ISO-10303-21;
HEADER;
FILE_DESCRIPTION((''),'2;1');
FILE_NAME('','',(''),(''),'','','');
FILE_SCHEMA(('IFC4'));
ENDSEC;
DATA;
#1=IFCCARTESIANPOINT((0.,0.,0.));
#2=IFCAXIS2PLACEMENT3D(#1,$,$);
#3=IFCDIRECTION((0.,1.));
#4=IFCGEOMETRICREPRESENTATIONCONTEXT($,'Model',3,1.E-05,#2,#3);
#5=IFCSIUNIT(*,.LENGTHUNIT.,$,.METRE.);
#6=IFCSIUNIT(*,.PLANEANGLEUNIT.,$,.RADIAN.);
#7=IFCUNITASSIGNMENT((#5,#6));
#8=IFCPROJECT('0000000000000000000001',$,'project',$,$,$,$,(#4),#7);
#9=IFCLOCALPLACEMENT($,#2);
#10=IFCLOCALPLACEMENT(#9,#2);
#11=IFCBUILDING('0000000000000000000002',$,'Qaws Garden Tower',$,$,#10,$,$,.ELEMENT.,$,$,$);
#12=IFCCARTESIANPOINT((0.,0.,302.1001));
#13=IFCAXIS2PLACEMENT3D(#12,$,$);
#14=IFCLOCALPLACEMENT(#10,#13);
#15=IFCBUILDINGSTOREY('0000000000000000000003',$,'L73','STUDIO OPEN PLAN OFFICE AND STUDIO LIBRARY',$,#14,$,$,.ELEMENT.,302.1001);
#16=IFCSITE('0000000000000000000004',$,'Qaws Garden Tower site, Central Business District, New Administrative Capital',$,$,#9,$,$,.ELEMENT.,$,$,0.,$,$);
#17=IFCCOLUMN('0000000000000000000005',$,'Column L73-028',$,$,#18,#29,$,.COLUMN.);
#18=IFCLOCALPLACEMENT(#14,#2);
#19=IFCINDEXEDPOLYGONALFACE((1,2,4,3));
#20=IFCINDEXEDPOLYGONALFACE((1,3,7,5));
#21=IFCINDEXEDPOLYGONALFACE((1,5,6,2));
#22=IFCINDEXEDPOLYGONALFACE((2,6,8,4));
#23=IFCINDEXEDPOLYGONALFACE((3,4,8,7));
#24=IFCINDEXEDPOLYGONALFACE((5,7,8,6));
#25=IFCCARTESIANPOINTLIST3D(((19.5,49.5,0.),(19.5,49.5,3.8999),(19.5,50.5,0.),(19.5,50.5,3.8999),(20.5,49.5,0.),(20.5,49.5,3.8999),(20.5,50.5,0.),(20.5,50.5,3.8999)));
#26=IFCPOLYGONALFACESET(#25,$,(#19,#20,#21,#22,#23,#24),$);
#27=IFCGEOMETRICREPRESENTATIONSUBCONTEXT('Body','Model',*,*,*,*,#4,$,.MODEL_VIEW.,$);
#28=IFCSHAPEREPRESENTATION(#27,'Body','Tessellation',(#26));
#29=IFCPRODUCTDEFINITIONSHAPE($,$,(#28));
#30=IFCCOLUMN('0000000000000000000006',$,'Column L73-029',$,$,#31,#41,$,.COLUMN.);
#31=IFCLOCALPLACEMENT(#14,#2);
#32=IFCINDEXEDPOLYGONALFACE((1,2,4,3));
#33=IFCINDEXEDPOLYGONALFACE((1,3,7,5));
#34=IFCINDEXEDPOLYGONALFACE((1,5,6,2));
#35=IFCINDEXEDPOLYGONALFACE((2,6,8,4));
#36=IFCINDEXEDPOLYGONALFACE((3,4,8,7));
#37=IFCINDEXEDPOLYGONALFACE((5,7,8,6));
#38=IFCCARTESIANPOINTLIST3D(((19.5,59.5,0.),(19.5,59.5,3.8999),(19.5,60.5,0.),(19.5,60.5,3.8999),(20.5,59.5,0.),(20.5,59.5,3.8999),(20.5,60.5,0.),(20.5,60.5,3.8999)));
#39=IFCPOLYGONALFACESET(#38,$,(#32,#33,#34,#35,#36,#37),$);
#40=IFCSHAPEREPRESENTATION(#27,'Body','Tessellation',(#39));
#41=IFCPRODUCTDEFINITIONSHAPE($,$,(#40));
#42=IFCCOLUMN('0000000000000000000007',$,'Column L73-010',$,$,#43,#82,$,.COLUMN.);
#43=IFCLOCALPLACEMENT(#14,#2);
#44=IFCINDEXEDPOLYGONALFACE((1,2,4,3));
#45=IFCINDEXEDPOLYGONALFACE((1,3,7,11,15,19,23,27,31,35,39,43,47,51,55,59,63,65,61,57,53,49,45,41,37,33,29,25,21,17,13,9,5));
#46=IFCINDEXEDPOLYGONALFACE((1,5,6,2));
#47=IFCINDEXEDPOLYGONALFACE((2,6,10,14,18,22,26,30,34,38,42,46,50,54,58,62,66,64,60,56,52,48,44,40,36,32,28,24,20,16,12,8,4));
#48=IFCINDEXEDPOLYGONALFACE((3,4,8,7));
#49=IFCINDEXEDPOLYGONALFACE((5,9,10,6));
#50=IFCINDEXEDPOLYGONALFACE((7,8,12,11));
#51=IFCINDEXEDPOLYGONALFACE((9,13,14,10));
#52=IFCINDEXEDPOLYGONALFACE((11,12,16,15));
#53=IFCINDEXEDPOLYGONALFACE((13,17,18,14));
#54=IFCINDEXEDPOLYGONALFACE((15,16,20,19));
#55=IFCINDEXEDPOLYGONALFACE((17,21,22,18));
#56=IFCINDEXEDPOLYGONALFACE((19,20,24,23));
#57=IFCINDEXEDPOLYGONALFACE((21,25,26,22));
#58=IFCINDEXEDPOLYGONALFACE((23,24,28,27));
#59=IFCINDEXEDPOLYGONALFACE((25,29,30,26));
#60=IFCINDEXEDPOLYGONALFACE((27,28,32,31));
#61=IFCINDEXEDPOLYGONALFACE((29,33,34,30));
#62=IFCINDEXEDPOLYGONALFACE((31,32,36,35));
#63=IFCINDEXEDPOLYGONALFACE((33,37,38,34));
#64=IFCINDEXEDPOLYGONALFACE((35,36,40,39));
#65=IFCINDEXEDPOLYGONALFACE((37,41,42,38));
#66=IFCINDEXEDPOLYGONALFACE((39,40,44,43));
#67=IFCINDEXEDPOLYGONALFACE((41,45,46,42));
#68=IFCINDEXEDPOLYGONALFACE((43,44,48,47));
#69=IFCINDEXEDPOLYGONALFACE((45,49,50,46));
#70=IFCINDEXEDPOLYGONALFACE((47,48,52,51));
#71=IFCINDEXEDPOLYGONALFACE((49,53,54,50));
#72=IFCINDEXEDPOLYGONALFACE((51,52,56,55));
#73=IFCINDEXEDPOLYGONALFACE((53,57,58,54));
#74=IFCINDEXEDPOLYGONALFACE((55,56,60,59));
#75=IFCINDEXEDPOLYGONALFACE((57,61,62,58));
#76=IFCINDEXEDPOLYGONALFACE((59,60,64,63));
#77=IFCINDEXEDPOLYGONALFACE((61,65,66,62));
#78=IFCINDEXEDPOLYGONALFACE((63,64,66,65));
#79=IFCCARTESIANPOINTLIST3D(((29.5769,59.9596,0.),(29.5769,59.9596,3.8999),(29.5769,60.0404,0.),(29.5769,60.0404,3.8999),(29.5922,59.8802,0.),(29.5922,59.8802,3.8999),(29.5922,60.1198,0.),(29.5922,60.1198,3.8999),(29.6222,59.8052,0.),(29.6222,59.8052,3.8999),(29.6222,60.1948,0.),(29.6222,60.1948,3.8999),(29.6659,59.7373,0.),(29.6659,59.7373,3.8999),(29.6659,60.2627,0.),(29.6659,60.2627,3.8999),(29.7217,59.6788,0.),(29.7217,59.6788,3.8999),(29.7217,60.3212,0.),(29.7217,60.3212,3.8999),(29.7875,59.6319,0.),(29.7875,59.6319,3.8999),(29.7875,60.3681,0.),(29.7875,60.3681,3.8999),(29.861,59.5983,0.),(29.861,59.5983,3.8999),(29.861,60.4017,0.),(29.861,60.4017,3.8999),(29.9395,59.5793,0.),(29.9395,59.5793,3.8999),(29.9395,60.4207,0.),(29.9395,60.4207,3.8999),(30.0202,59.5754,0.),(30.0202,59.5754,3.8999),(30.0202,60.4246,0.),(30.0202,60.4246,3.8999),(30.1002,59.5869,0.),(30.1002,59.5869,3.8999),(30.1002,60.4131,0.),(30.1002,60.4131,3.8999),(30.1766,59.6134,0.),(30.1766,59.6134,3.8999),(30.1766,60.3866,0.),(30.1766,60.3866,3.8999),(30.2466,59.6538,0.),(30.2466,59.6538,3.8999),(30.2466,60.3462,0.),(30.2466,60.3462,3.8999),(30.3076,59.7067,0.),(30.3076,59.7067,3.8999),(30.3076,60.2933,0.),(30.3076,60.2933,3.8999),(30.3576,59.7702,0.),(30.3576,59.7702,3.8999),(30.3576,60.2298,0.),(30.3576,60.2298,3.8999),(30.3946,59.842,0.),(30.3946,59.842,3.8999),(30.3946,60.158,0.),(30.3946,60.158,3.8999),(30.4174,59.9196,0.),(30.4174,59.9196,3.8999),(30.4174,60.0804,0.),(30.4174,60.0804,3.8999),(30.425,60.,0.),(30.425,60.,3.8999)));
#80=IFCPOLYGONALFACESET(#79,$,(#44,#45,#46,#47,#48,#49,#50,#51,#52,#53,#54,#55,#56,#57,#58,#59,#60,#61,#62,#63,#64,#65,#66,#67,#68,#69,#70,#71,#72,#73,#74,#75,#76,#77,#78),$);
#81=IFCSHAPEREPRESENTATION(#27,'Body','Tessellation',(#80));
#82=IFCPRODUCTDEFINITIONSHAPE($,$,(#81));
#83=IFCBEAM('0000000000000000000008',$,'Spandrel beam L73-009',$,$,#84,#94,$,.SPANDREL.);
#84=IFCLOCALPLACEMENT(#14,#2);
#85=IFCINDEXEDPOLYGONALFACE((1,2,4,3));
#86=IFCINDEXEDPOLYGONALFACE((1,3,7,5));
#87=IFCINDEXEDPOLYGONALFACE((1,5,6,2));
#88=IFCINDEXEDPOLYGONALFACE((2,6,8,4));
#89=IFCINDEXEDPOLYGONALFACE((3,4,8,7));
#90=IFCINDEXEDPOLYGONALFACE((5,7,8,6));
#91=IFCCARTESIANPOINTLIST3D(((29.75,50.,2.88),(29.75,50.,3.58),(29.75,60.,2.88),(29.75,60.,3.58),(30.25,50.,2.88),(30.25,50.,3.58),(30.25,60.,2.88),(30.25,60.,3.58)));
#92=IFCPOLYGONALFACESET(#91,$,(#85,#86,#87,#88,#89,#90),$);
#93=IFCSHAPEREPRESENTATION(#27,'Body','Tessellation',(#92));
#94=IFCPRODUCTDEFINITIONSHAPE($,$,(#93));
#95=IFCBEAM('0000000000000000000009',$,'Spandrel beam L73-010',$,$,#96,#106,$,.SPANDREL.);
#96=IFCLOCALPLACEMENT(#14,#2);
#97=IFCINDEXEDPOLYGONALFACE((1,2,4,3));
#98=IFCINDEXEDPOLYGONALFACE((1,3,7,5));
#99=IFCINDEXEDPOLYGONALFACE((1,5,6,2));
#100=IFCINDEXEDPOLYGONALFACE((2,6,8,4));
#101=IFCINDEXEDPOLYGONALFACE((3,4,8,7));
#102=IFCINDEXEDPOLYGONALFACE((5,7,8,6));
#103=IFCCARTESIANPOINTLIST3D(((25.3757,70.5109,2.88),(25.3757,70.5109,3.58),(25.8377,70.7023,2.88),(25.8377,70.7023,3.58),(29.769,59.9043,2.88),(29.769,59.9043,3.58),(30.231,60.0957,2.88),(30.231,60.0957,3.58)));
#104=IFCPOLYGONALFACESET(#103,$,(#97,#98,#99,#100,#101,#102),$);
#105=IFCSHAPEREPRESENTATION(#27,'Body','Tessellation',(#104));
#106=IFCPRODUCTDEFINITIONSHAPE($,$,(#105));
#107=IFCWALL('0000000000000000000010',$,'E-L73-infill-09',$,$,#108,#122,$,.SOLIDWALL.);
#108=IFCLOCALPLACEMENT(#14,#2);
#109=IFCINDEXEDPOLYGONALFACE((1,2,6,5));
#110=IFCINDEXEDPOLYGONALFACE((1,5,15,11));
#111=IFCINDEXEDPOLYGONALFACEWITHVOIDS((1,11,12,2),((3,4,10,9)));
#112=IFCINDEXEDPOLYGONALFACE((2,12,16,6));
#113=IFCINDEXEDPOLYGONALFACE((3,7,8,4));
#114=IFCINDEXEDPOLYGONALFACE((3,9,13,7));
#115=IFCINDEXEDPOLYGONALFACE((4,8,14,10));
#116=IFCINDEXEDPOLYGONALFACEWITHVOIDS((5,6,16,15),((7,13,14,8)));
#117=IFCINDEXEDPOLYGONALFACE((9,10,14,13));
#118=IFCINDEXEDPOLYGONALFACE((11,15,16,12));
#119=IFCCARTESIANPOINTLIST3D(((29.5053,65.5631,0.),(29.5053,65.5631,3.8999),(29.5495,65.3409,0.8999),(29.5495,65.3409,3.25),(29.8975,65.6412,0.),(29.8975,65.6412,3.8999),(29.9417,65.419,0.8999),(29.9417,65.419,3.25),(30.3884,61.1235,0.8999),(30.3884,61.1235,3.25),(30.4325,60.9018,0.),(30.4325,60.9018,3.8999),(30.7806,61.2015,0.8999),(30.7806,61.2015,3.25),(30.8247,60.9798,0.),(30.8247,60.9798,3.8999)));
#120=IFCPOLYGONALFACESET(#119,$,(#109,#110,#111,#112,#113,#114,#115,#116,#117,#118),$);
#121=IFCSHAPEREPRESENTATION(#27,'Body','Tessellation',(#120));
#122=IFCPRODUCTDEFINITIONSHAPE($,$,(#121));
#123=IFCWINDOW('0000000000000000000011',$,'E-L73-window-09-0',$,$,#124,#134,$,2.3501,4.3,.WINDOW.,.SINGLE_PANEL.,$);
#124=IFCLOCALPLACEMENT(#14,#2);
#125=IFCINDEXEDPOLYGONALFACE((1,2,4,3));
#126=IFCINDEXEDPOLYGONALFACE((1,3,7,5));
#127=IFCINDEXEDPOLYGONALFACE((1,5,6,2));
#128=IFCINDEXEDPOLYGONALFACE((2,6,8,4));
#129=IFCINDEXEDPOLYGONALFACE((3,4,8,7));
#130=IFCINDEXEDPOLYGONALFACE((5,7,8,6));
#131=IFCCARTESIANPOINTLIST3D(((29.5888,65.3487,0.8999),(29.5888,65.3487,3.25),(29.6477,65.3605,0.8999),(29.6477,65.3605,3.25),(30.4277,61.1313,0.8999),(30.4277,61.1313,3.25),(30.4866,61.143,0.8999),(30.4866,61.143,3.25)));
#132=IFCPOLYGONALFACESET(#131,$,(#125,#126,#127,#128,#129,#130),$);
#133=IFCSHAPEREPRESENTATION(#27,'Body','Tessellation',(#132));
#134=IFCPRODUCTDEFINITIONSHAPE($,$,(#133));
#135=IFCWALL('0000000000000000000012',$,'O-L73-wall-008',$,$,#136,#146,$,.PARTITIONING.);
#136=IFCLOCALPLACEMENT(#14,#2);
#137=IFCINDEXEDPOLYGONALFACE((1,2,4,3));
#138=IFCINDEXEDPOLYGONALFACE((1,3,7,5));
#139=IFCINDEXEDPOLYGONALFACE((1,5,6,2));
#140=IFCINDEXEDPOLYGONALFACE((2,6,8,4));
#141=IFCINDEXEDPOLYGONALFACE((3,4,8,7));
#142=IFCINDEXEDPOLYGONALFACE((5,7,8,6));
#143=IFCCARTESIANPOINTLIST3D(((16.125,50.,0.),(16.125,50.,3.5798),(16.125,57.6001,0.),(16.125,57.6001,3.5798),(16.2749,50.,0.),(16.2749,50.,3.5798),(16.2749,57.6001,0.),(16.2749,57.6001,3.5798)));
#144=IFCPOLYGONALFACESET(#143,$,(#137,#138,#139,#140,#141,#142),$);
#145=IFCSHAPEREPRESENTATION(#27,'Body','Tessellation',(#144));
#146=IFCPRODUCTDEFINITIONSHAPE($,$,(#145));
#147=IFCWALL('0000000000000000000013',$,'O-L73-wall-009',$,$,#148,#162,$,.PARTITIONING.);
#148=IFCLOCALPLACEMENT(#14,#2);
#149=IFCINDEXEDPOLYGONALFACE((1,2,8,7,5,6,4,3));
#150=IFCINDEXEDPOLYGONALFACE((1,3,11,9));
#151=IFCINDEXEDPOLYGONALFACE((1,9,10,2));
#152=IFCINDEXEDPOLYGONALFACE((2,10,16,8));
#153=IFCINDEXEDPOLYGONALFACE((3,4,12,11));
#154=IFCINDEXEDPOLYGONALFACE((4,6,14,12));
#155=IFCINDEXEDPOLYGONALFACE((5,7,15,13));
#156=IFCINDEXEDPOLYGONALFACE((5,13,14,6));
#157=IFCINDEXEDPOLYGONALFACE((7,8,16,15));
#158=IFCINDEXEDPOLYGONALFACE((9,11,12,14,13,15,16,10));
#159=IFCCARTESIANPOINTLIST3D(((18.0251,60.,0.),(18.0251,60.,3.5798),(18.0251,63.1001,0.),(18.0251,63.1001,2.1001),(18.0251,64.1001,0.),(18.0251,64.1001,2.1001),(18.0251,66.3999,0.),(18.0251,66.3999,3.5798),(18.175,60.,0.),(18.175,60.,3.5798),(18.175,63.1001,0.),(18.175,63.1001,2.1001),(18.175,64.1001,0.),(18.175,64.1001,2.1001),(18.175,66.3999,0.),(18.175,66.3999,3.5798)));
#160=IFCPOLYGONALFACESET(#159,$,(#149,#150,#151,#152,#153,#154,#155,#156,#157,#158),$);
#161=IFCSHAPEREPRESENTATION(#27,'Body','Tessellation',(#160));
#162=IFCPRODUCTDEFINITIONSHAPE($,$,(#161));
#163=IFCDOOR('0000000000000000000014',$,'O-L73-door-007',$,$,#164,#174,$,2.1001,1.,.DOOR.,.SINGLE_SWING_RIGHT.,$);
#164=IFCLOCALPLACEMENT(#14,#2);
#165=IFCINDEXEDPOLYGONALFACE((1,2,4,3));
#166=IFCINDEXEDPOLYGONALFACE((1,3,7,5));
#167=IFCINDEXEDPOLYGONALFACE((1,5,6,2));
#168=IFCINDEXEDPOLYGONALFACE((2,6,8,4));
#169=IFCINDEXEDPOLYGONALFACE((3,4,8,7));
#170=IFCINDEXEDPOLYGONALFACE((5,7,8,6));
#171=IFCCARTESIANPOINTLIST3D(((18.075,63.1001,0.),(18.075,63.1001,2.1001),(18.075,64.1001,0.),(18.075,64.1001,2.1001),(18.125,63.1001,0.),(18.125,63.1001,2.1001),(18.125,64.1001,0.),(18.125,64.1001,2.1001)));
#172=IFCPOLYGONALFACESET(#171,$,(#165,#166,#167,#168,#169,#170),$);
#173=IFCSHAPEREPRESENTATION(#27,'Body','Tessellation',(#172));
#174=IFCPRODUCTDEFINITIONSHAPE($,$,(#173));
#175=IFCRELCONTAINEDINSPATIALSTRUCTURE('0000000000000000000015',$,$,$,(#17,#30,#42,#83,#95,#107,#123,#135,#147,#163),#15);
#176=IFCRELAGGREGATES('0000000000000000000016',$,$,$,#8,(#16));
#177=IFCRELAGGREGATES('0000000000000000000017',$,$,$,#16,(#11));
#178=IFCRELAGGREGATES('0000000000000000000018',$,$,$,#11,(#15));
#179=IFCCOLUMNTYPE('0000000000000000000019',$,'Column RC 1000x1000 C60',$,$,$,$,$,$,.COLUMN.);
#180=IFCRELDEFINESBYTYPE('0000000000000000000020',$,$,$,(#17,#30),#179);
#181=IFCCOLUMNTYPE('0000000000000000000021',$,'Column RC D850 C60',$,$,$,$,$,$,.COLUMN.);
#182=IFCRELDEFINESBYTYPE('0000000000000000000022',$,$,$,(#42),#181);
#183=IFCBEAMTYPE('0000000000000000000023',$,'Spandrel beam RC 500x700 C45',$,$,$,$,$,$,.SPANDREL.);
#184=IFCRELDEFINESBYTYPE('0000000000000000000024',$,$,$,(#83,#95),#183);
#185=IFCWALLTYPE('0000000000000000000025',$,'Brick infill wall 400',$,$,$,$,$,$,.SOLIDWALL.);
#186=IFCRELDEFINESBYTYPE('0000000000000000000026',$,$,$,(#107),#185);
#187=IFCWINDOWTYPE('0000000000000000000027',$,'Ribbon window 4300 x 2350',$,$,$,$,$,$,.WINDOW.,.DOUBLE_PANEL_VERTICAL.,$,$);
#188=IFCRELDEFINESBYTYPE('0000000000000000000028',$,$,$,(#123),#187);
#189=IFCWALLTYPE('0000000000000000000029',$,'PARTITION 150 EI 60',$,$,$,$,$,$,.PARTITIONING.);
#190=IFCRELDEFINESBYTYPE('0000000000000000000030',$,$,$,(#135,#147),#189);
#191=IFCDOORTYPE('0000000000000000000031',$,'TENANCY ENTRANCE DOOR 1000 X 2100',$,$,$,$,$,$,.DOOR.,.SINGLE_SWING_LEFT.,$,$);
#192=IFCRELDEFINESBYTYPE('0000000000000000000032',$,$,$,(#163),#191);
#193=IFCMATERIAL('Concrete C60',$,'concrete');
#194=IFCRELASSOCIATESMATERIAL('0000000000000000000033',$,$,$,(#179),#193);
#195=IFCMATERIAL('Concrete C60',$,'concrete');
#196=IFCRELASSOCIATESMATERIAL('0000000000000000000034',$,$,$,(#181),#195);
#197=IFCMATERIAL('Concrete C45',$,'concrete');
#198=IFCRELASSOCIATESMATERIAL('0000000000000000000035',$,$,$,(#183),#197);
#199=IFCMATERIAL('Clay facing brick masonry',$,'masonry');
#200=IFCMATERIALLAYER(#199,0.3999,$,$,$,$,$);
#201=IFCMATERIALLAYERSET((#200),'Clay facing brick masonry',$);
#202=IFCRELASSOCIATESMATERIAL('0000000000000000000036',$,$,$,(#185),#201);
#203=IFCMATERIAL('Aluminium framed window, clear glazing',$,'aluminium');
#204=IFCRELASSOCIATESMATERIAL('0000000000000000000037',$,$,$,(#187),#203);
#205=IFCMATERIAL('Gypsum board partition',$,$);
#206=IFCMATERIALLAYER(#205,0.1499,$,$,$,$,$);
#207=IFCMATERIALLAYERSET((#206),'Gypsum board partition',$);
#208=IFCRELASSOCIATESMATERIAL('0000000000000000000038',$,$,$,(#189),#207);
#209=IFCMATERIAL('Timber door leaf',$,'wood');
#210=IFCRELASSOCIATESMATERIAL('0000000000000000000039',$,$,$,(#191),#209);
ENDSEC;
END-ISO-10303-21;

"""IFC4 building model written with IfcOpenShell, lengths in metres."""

from ifc_helpers import new_model, si_unit, direction, frame, frame_2d, origin, origin_2d, place, context, subcontext, project, spatial, rectangle, circle, extrude, material, layer, layer_set, material_profile, profile_set, type_object, element, fill, save


model = new_model("IFC4")

# Units and contexts
model_context = context("Model", 3, precision=1e-05, world=origin(), true_north=direction((0.0, 1.0)))
body_context = subcontext(model_context, "Body", "Model", "MODEL_VIEW")
ifc_project = project(units=[si_unit("LENGTHUNIT", "METRE"), si_unit("PLANEANGLEUNIT", "RADIAN")], contexts=[model_context])

# Site, building, storey
site_placement = place(None, origin())
site = spatial("IfcSite", under=ifc_project, at=site_placement, Name="Qaws Garden Tower site, Central Business District, New Administrative Capital", CompositionType="ELEMENT", RefElevation=0.0)
building_placement = place(site_placement, origin())
building = spatial("IfcBuilding", under=site, at=building_placement, Name="Qaws Garden Tower", CompositionType="ELEMENT")
storey_placement = place(building_placement, frame((0.0, 0.0, 302.1001)))
storey = spatial("IfcBuildingStorey", under=building, at=storey_placement, Name="L73", Description="STUDIO OPEN PLAN OFFICE AND STUDIO LIBRARY", CompositionType="ELEMENT", Elevation=302.1001)

# Columns
ifc_material_1 = material(Name="Concrete C60", Category="concrete")
ifc_material_profile_1 = material_profile(ifc_material_1, rectangle(XDim=1.0, YDim=1.0, at=origin_2d()), Name="RC 1000x1000")
ifc_profile_set_1 = profile_set([ifc_material_profile_1], Name="Concrete C60")
column_type_1 = type_object("IfcColumnType", Name="Column RC 1000x1000 C60", PredefinedType="COLUMN", material=ifc_profile_set_1)
for number, where, z_axis, x_axis, name in (
    (1, (20.0, 50.0, 0.0), (0.0, 0.0, 1.0), (1.0, 0.0, 0.0), "Column L73-028"),
    (2, (20.0, 60.0, 0.0), (0.0, 0.0, 1.0), (1.0, 0.0, 0.0), "Column L73-029"),
):
    element("IfcColumn", number, at=place(storey_placement, frame(where, z_axis=z_axis, x_axis=x_axis)), inside=storey, type_object=column_type_1, Name=name, PredefinedType="COLUMN", context=body_context, shape_type="SweptSolid", body=[
        extrude(rectangle(XDim=1.0, YDim=1.0, at=origin_2d()), origin(), (0.0, 0.0, 1.0), 3.8999),
    ])
ifc_material_2 = material(Name="Concrete C60", Category="concrete")
ifc_material_profile_2 = material_profile(ifc_material_2, circle(Radius=0.425, at=origin_2d()), Name="RC D850")
ifc_profile_set_2 = profile_set([ifc_material_profile_2], Name="Concrete C60")
column_type_2 = type_object("IfcColumnType", Name="Column RC D850 C60", PredefinedType="COLUMN", material=ifc_profile_set_2)
column_placement = place(storey_placement, frame((30.0, 60.0, 0.0), z_axis=(0.0, 0.0, 1.0), x_axis=(1.0, 0.0, 0.0)))
element("IfcColumn", 3, at=column_placement, inside=storey, type_object=column_type_2, Name="Column L73-010", PredefinedType="COLUMN", context=body_context, shape_type="SweptSolid", body=[
    extrude(circle(Radius=0.425, at=origin_2d()), origin(), (0.0, 0.0, 1.0), 3.8999),
])

# Beams
ifc_material_3 = material(Name="Concrete C45", Category="concrete")
ifc_material_profile_3 = material_profile(ifc_material_3, rectangle(XDim=0.5, YDim=0.7, at=origin_2d()), Name="RC 500x700")
ifc_profile_set_3 = profile_set([ifc_material_profile_3], Name="Concrete C45")
beam_type = type_object("IfcBeamType", Name="Spandrel beam RC 500x700 C45", PredefinedType="SPANDREL", material=ifc_profile_set_3)
beam_1_placement = place(storey_placement, frame((30.0, 50.0, 3.23), z_axis=(0.0, 1.0, 0.0), x_axis=(-1.0, 0.0, 0.0)))
element("IfcBeam", 4, at=beam_1_placement, inside=storey, type_object=beam_type, Name="Spandrel beam L73-009", PredefinedType="SPANDREL", context=body_context, shape_type="SweptSolid", body=[
    extrude(rectangle(XDim=0.5, YDim=0.7, at=origin_2d()), origin(), (0.0, 0.0, 1.0), 10.0),
])
beam_2_placement = place(storey_placement, frame((30.0, 60.0, 3.23), z_axis=(-0.382674, 0.923883, 0.0), x_axis=(-0.923883, -0.382674, 0.0)))
element("IfcBeam", 5, at=beam_2_placement, inside=storey, type_object=beam_type, Name="Spandrel beam L73-010", PredefinedType="SPANDREL", context=body_context, shape_type="SweptSolid", body=[
    extrude(rectangle(XDim=0.5, YDim=0.7, at=origin_2d()), origin(), (0.0, 0.0, 1.0), 11.4805),
])

# Wall, opening, window
ifc_material_4 = material(Name="Clay facing brick masonry", Category="masonry")
ifc_layer_1 = layer(ifc_material_4, 0.3999)
ifc_layer_set_1 = layer_set([ifc_layer_1], Name="Clay facing brick masonry")
wall_type_1 = type_object("IfcWallType", Name="Brick infill wall 400", PredefinedType="SOLIDWALL", material=ifc_layer_set_1)
wall_1_placement = place(storey_placement, frame((30.6287, 60.9407, 0.0), z_axis=(0.0, 0.0, 1.0), x_axis=(-0.195099, 0.980784, 0.0)))
wall_1 = element("IfcWall", 6, at=wall_1_placement, inside=storey, type_object=wall_type_1, Name="E-L73-infill-09", PredefinedType="SOLIDWALL", context=body_context, shape_type="SweptSolid", body=[
    extrude(rectangle(XDim=4.7527, YDim=0.3999, at=frame_2d((2.3765, 0.0))), origin(), (0.0, 0.0, 1.0), 3.8999),
])
opening_1_placement = place(wall_1_placement, frame((0.2263, 0.0, 0.8999)))
opening_1 = element("IfcOpeningElement", 7, at=opening_1_placement, cuts=wall_1, PredefinedType="OPENING", context=body_context, shape_type="SweptSolid", body=[
    extrude(rectangle(XDim=4.3, YDim=2.3501, at=frame_2d((2.1499, 1.175))), frame((0.0, 0.21, 0.0), z_axis=(0.0, -1.0, 0.0), x_axis=(1.0, 0.0, 0.0)), (0.0, 0.0, 1.0), 0.4199),
])
ifc_material_5 = material(Name="Aluminium framed window, clear glazing", Category="aluminium")
window_type = type_object("IfcWindowType", Name="Ribbon window 4300 x 2350", PartitioningType="DOUBLE_PANEL_VERTICAL", PredefinedType="WINDOW", material=ifc_material_5)
window_placement = place(opening_1_placement, origin())
window = element("IfcWindow", 8, at=window_placement, inside=storey, type_object=window_type, Name="E-L73-window-09-0", OverallHeight=2.3501, OverallWidth=4.3, PartitioningType="SINGLE_PANEL", PredefinedType="WINDOW", context=body_context, shape_type="SweptSolid", body=[
    extrude(rectangle(XDim=4.3, YDim=2.3501, at=frame_2d((2.1499, 1.175))), frame((0.0, 0.1599, 0.0), z_axis=(0.0, -1.0, 0.0), x_axis=(1.0, 0.0, 0.0)), (0.0, 0.0, 1.0), 0.0601),
])
fill(opening_1, window)

# Wall
ifc_material_6 = material(Name="Gypsum board partition")
ifc_layer_2 = layer(ifc_material_6, 0.1499)
ifc_layer_set_2 = layer_set([ifc_layer_2], Name="Gypsum board partition")
wall_type_2 = type_object("IfcWallType", Name="PARTITION 150 EI 60", PredefinedType="PARTITIONING", material=ifc_layer_set_2)
wall_2_placement = place(storey_placement, frame((16.2, 50.0, 0.0), z_axis=(0.0, 0.0, 1.0), x_axis=(0.0, 1.0, 0.0)))
element("IfcWall", 9, at=wall_2_placement, inside=storey, type_object=wall_type_2, Name="O-L73-wall-008", PredefinedType="PARTITIONING", context=body_context, shape_type="SweptSolid", body=[
    extrude(rectangle(XDim=7.6001, YDim=0.1499, at=frame_2d((3.8, 0.0))), origin(), (0.0, 0.0, 1.0), 3.5798),
])

# Wall, opening, door
wall_3_placement = place(storey_placement, frame((18.1001, 60.0, 0.0), z_axis=(0.0, 0.0, 1.0), x_axis=(0.0, 1.0, 0.0)))
wall_3 = element("IfcWall", 10, at=wall_3_placement, inside=storey, type_object=wall_type_2, Name="O-L73-wall-009", PredefinedType="PARTITIONING", context=body_context, shape_type="SweptSolid", body=[
    extrude(rectangle(XDim=6.3999, YDim=0.1499, at=frame_2d((3.2, 0.0))), origin(), (0.0, 0.0, 1.0), 3.5798),
])
opening_2_placement = place(wall_3_placement, frame((3.1001, 0.0, 0.0)))
opening_2 = element("IfcOpeningElement", 11, at=opening_2_placement, cuts=wall_3, PredefinedType="OPENING", context=body_context, shape_type="SweptSolid", body=[
    extrude(rectangle(XDim=1.0, YDim=2.1001, at=frame_2d((0.5, 1.05))), frame((0.0, 0.085, 0.0), z_axis=(0.0, -1.0, 0.0), x_axis=(1.0, 0.0, 0.0)), (0.0, 0.0, 1.0), 0.1699),
])
ifc_material_7 = material(Name="Timber door leaf", Category="wood")
door_type = type_object("IfcDoorType", Name="TENANCY ENTRANCE DOOR 1000 X 2100", OperationType="SINGLE_SWING_LEFT", PredefinedType="DOOR", material=ifc_material_7)
door_1_placement = place(opening_2_placement, frame((1.0, 0.0, 0.0), z_axis=(0.0, 0.0, 1.0), x_axis=(-1.0, 0.0, 0.0)))
door_1 = element("IfcDoor", 12, at=door_1_placement, inside=storey, type_object=door_type, Name="O-L73-door-007", OperationType="SINGLE_SWING_RIGHT", OverallHeight=2.1001, OverallWidth=1.0, PredefinedType="DOOR", context=body_context, shape_type="SweptSolid", body=[
    extrude(rectangle(XDim=1.0, YDim=2.1001, at=frame_2d((0.5, 1.05))), frame((0.0, 0.0249, 0.0), z_axis=(0.0, -1.0, 0.0), x_axis=(1.0, 0.0, 0.0)), (0.0, 0.0, 1.0), 0.05),
])
fill(opening_2, door_1)

save(model, "model.ifc")
